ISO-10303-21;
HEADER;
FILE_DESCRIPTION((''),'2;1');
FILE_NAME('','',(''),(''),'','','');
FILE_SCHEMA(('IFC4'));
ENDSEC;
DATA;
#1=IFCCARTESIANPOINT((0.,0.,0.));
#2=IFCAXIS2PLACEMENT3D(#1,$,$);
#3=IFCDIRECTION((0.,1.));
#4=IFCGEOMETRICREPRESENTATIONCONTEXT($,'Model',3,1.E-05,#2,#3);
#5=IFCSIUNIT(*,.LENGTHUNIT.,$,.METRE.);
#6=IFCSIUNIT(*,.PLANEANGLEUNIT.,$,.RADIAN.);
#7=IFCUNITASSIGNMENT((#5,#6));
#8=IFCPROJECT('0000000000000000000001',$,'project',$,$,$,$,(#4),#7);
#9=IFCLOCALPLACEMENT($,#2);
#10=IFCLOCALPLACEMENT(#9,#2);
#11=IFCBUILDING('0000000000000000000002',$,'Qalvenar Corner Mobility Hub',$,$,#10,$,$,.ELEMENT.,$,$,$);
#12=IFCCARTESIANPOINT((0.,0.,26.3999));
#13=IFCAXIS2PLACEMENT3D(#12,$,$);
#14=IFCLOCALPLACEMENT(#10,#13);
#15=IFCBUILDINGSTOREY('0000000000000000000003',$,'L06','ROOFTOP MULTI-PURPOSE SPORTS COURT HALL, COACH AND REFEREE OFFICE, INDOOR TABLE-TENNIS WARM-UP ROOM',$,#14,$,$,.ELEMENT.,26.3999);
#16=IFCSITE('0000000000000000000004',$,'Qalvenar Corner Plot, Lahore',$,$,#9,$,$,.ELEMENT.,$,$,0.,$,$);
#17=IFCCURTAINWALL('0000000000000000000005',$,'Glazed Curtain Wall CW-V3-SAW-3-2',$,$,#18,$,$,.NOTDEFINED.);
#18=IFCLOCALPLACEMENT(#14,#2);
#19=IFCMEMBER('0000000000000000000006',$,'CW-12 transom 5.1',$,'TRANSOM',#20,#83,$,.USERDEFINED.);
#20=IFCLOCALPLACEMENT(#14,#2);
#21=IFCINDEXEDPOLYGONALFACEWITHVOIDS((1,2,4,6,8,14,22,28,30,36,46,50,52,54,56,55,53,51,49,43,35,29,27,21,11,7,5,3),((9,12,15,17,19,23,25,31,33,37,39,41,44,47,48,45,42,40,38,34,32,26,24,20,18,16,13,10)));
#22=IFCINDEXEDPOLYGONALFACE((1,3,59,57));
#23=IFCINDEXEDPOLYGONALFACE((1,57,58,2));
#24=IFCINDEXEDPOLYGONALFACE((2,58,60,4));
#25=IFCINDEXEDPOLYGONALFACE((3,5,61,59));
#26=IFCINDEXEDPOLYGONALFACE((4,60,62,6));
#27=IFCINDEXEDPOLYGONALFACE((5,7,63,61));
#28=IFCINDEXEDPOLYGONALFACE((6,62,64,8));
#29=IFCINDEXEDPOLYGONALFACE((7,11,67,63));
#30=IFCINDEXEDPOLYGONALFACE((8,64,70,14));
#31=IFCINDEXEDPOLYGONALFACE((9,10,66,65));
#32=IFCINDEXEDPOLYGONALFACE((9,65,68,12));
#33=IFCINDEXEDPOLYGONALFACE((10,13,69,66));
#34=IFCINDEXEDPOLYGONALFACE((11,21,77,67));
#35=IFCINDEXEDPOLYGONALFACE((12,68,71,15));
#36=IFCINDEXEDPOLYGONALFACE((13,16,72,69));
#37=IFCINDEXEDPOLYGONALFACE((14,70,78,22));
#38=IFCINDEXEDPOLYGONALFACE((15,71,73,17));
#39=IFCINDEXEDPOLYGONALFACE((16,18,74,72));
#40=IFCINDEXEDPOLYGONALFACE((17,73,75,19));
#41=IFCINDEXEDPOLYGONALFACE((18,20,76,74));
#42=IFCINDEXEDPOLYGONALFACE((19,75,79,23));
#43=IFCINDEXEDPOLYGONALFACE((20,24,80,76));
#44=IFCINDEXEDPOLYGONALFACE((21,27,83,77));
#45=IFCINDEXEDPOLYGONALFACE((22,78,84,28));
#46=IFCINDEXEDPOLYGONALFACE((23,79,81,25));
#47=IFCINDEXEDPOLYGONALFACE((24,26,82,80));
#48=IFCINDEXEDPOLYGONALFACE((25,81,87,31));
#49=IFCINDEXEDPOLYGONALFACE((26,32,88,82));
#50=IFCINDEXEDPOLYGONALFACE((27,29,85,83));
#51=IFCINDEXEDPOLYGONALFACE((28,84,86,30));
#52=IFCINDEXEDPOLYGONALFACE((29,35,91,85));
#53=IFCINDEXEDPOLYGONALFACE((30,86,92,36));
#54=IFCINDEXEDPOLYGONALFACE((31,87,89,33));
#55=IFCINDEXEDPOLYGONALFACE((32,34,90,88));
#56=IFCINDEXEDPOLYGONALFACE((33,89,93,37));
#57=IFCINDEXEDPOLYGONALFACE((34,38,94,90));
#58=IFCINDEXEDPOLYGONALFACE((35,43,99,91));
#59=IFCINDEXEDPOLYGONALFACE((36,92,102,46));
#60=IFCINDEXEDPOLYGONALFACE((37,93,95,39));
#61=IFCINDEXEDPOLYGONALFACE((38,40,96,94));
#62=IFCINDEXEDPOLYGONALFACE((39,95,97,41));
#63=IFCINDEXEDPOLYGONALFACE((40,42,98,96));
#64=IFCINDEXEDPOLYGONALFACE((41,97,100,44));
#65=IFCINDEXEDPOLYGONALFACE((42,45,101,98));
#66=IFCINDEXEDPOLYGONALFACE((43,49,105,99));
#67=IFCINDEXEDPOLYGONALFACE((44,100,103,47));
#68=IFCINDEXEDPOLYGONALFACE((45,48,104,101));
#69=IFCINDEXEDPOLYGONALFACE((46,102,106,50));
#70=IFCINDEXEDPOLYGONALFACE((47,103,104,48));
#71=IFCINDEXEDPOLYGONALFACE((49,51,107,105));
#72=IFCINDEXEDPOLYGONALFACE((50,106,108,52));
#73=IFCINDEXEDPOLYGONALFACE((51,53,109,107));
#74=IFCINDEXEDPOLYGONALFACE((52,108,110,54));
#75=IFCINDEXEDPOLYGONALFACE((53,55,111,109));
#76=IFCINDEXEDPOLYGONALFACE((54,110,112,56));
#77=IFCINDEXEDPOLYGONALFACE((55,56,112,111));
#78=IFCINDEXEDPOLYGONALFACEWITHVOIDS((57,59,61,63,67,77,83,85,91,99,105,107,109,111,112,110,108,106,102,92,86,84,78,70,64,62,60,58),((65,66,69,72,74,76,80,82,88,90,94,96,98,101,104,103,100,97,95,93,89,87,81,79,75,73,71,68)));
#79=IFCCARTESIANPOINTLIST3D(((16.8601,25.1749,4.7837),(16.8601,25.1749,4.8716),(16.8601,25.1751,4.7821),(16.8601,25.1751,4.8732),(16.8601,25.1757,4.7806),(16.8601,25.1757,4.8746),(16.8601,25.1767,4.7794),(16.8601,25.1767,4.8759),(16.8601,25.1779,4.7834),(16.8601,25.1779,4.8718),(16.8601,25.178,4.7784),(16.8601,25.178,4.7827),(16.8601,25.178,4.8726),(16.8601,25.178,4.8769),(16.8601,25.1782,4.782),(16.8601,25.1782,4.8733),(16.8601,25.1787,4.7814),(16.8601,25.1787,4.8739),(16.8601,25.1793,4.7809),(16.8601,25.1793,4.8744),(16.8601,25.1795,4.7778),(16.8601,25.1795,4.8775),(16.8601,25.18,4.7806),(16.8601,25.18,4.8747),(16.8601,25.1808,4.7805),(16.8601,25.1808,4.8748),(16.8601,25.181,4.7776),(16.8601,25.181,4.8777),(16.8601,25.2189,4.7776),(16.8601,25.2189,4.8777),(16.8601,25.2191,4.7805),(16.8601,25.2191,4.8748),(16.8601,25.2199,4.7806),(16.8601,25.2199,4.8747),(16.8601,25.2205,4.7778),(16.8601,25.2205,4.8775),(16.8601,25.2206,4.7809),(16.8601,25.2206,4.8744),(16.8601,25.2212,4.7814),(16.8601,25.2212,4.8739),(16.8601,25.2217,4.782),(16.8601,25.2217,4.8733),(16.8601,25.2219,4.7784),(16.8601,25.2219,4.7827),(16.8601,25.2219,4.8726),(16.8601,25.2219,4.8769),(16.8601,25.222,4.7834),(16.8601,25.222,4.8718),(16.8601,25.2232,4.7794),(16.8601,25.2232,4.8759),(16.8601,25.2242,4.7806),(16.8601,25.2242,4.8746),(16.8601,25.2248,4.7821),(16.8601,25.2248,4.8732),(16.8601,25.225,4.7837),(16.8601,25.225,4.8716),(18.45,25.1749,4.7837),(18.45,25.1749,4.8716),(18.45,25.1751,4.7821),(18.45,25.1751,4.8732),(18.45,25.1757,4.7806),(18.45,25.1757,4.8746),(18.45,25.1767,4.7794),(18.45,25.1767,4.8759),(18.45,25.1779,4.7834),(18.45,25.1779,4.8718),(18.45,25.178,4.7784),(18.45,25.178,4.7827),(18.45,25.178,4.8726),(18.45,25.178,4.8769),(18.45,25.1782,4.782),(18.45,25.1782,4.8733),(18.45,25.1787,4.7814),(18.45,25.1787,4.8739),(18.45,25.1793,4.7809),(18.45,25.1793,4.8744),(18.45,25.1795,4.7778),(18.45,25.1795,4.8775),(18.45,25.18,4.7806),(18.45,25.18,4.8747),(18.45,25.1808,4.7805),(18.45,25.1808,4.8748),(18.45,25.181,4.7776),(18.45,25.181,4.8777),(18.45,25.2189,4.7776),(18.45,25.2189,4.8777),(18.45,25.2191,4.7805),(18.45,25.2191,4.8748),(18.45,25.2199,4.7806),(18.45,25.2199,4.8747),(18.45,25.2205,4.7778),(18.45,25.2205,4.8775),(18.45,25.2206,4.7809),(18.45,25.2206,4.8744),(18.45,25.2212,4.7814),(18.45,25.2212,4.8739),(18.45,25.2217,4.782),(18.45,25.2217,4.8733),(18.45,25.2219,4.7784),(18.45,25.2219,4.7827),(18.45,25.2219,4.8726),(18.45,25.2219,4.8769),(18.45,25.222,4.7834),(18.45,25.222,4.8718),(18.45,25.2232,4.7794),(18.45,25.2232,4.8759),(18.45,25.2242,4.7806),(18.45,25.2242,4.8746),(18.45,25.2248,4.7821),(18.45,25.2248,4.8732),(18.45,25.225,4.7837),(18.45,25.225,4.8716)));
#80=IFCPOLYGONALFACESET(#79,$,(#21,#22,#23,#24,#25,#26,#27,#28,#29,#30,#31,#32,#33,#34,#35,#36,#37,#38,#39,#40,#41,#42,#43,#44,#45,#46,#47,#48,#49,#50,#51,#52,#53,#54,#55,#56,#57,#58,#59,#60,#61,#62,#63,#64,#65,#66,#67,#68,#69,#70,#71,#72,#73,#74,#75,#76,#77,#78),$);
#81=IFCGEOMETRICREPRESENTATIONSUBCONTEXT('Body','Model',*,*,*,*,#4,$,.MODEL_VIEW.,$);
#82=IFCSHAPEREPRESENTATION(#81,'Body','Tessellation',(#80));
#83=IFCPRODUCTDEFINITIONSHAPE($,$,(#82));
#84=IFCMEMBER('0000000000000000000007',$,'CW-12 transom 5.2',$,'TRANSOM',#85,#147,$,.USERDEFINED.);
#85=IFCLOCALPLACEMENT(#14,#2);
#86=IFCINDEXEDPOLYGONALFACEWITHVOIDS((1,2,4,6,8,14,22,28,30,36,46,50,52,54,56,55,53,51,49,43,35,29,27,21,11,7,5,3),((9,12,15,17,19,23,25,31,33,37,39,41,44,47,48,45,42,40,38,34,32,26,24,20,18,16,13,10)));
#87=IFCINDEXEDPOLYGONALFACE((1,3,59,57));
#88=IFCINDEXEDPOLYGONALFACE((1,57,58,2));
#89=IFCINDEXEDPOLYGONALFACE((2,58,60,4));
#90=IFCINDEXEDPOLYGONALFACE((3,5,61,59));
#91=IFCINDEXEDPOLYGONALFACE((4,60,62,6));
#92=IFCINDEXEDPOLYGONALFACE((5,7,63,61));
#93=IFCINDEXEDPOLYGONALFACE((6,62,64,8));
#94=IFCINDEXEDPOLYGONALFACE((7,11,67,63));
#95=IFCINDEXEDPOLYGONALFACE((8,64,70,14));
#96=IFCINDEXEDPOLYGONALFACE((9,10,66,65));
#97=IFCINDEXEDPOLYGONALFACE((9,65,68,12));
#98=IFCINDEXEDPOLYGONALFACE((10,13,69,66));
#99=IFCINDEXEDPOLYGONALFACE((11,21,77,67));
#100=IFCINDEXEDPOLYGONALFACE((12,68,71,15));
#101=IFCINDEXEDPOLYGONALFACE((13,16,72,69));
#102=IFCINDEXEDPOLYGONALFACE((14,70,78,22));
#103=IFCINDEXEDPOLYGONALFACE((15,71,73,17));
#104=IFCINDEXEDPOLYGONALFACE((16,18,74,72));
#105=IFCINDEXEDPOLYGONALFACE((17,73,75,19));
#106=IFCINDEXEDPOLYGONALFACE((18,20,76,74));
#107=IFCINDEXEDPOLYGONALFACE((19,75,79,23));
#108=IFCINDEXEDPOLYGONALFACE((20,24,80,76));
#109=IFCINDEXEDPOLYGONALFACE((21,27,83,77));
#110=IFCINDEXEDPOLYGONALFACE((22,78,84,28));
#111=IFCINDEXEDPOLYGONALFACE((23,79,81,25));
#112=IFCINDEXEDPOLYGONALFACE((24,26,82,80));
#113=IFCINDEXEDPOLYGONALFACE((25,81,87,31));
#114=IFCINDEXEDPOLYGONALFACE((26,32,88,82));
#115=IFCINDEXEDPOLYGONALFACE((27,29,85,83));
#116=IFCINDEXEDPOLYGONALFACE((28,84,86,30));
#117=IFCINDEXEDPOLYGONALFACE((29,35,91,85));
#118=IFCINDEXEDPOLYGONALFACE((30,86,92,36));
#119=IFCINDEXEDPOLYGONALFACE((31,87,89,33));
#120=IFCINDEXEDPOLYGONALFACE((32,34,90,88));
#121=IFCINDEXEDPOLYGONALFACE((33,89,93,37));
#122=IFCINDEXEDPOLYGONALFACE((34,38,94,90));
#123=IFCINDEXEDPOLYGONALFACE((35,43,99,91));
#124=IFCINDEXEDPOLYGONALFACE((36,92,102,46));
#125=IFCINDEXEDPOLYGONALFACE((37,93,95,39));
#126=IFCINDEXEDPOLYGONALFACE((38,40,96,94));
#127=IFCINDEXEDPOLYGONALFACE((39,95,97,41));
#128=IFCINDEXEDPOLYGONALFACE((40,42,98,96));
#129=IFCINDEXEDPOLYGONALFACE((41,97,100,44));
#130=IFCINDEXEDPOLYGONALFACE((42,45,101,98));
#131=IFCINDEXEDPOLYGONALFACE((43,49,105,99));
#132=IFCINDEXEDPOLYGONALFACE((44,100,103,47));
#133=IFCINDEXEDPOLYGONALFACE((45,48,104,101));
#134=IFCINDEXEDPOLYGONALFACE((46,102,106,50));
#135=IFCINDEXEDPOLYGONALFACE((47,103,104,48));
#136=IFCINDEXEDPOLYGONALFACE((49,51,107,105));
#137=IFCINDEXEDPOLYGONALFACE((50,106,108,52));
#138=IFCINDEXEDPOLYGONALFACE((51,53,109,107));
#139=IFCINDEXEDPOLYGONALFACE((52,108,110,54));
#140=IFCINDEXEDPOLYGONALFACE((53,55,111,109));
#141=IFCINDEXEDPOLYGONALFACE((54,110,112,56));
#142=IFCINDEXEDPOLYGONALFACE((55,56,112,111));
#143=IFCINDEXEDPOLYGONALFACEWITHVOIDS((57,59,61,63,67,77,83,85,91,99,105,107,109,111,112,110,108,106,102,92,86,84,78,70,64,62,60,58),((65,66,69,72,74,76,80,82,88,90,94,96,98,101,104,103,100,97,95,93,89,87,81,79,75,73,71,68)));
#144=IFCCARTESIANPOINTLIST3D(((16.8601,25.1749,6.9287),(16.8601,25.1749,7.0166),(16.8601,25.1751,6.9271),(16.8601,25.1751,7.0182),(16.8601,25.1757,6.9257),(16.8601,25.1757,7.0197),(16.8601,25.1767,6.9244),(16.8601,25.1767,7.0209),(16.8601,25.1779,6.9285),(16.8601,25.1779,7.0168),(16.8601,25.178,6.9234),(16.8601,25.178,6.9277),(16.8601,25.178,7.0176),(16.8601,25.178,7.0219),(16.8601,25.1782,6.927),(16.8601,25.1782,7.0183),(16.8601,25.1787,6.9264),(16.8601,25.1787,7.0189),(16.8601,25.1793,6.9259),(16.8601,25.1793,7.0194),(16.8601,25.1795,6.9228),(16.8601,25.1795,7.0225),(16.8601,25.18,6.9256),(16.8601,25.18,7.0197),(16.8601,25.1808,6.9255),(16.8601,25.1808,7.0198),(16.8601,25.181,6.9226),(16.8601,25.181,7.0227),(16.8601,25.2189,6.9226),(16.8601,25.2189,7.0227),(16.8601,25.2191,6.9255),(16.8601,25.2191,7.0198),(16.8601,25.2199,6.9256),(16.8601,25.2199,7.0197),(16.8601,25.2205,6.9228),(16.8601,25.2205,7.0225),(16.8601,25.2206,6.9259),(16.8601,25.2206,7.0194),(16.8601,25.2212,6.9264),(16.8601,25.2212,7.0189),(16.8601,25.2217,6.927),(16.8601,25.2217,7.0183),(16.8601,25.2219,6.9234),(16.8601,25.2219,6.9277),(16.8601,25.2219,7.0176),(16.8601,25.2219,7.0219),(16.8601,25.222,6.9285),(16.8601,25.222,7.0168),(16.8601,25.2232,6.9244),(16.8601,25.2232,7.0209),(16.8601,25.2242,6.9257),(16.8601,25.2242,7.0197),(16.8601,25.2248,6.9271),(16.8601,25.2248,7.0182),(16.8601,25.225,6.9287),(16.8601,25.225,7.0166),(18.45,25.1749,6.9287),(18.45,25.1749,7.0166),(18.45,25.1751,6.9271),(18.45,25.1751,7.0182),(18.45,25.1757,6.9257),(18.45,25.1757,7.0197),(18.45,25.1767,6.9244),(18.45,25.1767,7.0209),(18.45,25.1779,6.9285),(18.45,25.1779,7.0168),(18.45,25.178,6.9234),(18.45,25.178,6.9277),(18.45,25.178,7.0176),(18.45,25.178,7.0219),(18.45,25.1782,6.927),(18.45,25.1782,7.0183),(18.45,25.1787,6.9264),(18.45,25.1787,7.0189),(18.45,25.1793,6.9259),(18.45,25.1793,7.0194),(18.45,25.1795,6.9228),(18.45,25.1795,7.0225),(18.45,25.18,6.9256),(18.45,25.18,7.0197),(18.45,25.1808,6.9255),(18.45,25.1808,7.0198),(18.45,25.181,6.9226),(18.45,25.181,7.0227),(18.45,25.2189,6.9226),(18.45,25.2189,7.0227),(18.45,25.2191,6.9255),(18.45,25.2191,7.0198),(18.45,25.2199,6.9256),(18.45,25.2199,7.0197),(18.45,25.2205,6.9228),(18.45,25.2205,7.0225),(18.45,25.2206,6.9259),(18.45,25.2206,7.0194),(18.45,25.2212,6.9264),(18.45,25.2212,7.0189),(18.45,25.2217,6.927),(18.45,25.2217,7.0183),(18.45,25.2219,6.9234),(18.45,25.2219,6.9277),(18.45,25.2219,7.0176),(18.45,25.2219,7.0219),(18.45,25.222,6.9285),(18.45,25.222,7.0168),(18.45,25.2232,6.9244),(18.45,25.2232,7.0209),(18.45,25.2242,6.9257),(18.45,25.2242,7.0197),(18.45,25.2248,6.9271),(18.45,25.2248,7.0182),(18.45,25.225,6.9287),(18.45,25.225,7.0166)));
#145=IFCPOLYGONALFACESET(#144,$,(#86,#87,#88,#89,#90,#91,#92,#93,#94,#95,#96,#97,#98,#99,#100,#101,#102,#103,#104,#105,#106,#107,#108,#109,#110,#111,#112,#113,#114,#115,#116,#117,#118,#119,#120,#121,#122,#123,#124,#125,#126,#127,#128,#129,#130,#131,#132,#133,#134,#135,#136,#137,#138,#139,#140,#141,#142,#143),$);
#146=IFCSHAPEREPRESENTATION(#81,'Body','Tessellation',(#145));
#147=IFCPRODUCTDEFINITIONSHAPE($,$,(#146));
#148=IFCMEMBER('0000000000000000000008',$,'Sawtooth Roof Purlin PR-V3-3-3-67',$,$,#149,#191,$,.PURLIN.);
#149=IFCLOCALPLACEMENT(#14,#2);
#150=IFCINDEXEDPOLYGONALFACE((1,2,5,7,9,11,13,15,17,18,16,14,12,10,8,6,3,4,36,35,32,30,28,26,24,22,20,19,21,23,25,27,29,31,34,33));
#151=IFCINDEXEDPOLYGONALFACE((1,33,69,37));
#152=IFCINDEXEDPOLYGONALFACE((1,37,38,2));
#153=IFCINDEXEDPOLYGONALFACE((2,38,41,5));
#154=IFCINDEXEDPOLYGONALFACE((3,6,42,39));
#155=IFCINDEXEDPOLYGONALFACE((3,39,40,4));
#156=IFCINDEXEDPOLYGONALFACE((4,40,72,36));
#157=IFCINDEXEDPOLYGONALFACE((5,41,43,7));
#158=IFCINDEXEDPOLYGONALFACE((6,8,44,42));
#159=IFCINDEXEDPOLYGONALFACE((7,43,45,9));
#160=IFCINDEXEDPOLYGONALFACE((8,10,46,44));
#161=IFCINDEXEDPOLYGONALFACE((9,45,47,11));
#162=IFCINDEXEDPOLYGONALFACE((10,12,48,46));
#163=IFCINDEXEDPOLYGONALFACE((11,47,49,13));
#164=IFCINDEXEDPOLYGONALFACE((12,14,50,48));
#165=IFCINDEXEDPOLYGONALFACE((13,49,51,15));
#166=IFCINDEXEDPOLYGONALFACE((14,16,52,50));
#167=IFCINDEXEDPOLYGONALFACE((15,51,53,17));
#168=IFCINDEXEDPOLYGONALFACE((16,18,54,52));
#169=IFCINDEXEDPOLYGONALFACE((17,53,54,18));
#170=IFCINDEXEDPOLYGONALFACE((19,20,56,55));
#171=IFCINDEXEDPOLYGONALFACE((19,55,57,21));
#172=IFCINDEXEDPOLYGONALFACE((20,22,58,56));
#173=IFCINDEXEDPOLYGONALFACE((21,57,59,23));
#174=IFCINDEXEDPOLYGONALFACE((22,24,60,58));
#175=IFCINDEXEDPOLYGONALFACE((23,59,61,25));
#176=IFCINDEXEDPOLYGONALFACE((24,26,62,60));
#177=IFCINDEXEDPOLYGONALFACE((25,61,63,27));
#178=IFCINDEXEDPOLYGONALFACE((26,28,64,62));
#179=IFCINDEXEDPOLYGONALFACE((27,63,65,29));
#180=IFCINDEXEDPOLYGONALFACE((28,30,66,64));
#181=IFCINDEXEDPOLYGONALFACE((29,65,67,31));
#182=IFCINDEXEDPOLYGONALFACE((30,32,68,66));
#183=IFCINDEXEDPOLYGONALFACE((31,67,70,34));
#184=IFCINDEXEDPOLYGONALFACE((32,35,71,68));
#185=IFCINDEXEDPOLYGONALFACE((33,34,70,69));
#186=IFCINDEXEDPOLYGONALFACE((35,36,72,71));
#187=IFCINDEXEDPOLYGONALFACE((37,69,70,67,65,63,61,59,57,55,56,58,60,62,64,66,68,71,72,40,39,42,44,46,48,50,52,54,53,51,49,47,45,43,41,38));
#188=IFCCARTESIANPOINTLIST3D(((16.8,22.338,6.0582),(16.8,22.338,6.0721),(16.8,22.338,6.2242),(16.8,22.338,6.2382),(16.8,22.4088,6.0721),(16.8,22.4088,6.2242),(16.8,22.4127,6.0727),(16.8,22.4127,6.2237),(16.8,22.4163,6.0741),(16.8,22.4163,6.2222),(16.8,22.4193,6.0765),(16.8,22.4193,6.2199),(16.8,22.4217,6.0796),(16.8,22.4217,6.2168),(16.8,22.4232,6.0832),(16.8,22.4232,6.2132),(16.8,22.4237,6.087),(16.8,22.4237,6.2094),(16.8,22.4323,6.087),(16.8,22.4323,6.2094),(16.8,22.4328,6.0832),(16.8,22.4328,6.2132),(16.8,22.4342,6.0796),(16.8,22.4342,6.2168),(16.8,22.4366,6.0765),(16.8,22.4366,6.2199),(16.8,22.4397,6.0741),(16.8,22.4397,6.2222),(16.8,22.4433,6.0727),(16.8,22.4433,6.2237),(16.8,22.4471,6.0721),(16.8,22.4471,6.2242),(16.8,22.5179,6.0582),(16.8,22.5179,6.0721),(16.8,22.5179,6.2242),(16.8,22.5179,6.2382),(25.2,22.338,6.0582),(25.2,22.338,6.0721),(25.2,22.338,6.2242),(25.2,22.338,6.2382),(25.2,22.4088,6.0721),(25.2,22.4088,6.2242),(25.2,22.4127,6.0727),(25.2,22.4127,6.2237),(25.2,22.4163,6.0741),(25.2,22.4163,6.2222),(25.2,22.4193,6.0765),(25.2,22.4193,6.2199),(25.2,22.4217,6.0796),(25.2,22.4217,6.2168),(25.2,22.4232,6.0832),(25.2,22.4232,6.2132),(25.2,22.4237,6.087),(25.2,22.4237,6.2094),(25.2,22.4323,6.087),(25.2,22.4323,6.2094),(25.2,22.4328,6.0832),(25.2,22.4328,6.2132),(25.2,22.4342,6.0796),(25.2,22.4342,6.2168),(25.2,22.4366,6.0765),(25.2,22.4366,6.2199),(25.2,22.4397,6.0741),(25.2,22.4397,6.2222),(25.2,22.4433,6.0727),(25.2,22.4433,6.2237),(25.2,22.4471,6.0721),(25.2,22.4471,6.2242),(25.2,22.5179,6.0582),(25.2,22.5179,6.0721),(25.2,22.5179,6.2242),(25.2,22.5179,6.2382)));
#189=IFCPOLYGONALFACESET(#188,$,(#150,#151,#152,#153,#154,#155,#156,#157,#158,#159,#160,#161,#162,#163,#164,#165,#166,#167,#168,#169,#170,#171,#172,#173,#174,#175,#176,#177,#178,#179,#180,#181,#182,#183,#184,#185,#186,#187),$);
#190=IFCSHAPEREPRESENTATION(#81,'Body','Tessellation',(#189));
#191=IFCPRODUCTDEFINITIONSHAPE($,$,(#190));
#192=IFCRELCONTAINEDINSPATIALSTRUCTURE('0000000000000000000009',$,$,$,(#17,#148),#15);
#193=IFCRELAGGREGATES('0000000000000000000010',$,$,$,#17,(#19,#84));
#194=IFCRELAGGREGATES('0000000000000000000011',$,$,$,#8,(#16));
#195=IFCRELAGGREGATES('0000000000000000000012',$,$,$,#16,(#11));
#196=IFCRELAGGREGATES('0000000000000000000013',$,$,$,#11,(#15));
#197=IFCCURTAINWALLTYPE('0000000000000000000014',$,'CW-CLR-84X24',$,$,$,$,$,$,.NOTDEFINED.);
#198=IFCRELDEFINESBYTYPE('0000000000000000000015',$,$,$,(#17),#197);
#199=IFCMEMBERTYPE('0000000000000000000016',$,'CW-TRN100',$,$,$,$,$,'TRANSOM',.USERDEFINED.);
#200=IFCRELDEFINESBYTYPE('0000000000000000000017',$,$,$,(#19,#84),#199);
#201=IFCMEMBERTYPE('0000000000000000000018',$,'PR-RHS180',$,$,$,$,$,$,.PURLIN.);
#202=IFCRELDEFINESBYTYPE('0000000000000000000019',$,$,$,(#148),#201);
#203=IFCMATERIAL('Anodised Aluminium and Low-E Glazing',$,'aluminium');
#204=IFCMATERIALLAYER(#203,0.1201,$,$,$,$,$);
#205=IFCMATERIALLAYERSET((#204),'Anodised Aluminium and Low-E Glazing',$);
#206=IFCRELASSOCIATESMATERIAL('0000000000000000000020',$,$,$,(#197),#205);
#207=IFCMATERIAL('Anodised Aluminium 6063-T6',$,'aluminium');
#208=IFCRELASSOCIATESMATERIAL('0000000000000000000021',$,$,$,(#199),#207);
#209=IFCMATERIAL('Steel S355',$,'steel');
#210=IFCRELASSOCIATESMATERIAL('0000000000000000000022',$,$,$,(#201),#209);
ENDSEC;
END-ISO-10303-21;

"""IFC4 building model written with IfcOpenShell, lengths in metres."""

from ifc_helpers import new_model, si_unit, direction, frame, origin, origin_2d, place, context, subcontext, project, spatial, hollow_rectangle, i_section, extrude, material, layer, layer_set, material_profile, profile_set, type_object, element, aggregate, save


model = new_model("IFC4")

# Units and contexts
model_context = context("Model", 3, precision=1e-05, world=origin(), true_north=direction((0.0, 1.0)))
body_context = subcontext(model_context, "Body", "Model", "MODEL_VIEW")
ifc_project = project(units=[si_unit("LENGTHUNIT", "METRE"), si_unit("PLANEANGLEUNIT", "RADIAN")], contexts=[model_context])

# Site, building, storey
site_placement = place(None, origin())
site = spatial("IfcSite", under=ifc_project, at=site_placement, Name="Qalvenar Corner Plot, Lahore", CompositionType="ELEMENT", RefElevation=0.0)
building_placement = place(site_placement, origin())
building = spatial("IfcBuilding", under=site, at=building_placement, Name="Qalvenar Corner Mobility Hub", CompositionType="ELEMENT")
storey_placement = place(building_placement, frame((0.0, 0.0, 26.3999)))
storey = spatial("IfcBuildingStorey", under=building, at=storey_placement, Name="L06", Description="ROOFTOP MULTI-PURPOSE SPORTS COURT HALL, COACH AND REFEREE OFFICE, INDOOR TABLE-TENNIS WARM-UP ROOM", CompositionType="ELEMENT", Elevation=26.3999)

# Shared definitions
ifc_material_1 = material(Name="Steel S355", Category="steel")

# Shared definitions
ifc_material_2 = material(Name="Anodised Aluminium and Low-E Glazing", Category="aluminium")
ifc_layer_1 = layer(ifc_material_2, 0.1201)
ifc_layer_set_1 = layer_set([ifc_layer_1], Name="Anodised Aluminium and Low-E Glazing")
curtain_wall_type = type_object("IfcCurtainWallType", Name="CW-CLR-84X24", PredefinedType="NOTDEFINED", material=ifc_layer_set_1)
ifc_material_3 = material(Name="Anodised Aluminium 6063-T6", Category="aluminium")

# Curtain wall
curtain_wall_1_placement = place(storey_placement, origin())
curtain_wall_1 = element("IfcCurtainWall", 1, at=curtain_wall_1_placement, inside=storey, type_object=curtain_wall_type, Name="Glazed Curtain Wall CW-V3-SAW-3-2", PredefinedType="NOTDEFINED")

# Members
ifc_material_profile_1 = material_profile(ifc_material_3, hollow_rectangle(XDim=0.05, YDim=0.1001, WallThickness=0.0029, InnerFilletRadius=0.0029, OuterFilletRadius=0.0061, at=origin_2d()), Name="RHS100x50x3")
ifc_profile_set_1 = profile_set([ifc_material_profile_1], Name="Anodised Aluminium 6063-T6")
member_type_1 = type_object("IfcMemberType", Name="CW-TRN100", ElementType="TRANSOM", PredefinedType="USERDEFINED", material=ifc_profile_set_1)
member_1_placement = place(storey_placement, frame((18.45, 25.2, 4.8276), z_axis=(-1.0, 0.0, 0.0), x_axis=(0.0, -1.0, 0.0)))
member_1 = element("IfcMember", 2, at=member_1_placement, type_object=member_type_1, Name="CW-12 transom 5.1", ObjectType="TRANSOM", PredefinedType="USERDEFINED", context=body_context, shape_type="SweptSolid", body=[
    extrude(hollow_rectangle(XDim=0.05, YDim=0.1001, WallThickness=0.0029, InnerFilletRadius=0.0029, OuterFilletRadius=0.0061, at=origin_2d()), origin(), (0.0, 0.0, 1.0), 1.5898),
])
member_2_placement = place(storey_placement, frame((18.45, 25.2, 6.9727), z_axis=(-1.0, 0.0, 0.0), x_axis=(0.0, -1.0, 0.0)))
member_2 = element("IfcMember", 3, at=member_2_placement, type_object=member_type_1, Name="CW-12 transom 5.2", ObjectType="TRANSOM", PredefinedType="USERDEFINED", context=body_context, shape_type="SweptSolid", body=[
    extrude(hollow_rectangle(XDim=0.05, YDim=0.1001, WallThickness=0.0029, InnerFilletRadius=0.0029, OuterFilletRadius=0.0061, at=origin_2d()), origin(), (0.0, 0.0, 1.0), 1.5898),
])

# Member
ifc_material_profile_2 = material_profile(ifc_material_1, i_section(OverallWidth=0.1799, OverallDepth=0.1799, WebThickness=0.0085, FlangeThickness=0.0139, FilletRadius=0.0149, at=origin_2d()), Name="HEB180")
ifc_profile_set_2 = profile_set([ifc_material_profile_2], Name="Steel S355")
member_type_2 = type_object("IfcMemberType", Name="PR-RHS180", PredefinedType="PURLIN", material=ifc_profile_set_2)
member_3_placement = place(storey_placement, frame((16.8, 22.428, 6.1482), z_axis=(1.0, 0.0, 0.0), x_axis=(0.0, 1.0, 0.0)))
element("IfcMember", 4, at=member_3_placement, inside=storey, type_object=member_type_2, Name="Sawtooth Roof Purlin PR-V3-3-3-67", PredefinedType="PURLIN", context=body_context, shape_type="SweptSolid", body=[
    extrude(i_section(OverallWidth=0.1799, OverallDepth=0.1799, WebThickness=0.0085, FlangeThickness=0.0139, FilletRadius=0.0149, at=origin_2d()), origin(), (0.0, 0.0, 1.0), 8.3999),
])

aggregate(curtain_wall_1, [member_1, member_2])

save(model, "model.ifc")
